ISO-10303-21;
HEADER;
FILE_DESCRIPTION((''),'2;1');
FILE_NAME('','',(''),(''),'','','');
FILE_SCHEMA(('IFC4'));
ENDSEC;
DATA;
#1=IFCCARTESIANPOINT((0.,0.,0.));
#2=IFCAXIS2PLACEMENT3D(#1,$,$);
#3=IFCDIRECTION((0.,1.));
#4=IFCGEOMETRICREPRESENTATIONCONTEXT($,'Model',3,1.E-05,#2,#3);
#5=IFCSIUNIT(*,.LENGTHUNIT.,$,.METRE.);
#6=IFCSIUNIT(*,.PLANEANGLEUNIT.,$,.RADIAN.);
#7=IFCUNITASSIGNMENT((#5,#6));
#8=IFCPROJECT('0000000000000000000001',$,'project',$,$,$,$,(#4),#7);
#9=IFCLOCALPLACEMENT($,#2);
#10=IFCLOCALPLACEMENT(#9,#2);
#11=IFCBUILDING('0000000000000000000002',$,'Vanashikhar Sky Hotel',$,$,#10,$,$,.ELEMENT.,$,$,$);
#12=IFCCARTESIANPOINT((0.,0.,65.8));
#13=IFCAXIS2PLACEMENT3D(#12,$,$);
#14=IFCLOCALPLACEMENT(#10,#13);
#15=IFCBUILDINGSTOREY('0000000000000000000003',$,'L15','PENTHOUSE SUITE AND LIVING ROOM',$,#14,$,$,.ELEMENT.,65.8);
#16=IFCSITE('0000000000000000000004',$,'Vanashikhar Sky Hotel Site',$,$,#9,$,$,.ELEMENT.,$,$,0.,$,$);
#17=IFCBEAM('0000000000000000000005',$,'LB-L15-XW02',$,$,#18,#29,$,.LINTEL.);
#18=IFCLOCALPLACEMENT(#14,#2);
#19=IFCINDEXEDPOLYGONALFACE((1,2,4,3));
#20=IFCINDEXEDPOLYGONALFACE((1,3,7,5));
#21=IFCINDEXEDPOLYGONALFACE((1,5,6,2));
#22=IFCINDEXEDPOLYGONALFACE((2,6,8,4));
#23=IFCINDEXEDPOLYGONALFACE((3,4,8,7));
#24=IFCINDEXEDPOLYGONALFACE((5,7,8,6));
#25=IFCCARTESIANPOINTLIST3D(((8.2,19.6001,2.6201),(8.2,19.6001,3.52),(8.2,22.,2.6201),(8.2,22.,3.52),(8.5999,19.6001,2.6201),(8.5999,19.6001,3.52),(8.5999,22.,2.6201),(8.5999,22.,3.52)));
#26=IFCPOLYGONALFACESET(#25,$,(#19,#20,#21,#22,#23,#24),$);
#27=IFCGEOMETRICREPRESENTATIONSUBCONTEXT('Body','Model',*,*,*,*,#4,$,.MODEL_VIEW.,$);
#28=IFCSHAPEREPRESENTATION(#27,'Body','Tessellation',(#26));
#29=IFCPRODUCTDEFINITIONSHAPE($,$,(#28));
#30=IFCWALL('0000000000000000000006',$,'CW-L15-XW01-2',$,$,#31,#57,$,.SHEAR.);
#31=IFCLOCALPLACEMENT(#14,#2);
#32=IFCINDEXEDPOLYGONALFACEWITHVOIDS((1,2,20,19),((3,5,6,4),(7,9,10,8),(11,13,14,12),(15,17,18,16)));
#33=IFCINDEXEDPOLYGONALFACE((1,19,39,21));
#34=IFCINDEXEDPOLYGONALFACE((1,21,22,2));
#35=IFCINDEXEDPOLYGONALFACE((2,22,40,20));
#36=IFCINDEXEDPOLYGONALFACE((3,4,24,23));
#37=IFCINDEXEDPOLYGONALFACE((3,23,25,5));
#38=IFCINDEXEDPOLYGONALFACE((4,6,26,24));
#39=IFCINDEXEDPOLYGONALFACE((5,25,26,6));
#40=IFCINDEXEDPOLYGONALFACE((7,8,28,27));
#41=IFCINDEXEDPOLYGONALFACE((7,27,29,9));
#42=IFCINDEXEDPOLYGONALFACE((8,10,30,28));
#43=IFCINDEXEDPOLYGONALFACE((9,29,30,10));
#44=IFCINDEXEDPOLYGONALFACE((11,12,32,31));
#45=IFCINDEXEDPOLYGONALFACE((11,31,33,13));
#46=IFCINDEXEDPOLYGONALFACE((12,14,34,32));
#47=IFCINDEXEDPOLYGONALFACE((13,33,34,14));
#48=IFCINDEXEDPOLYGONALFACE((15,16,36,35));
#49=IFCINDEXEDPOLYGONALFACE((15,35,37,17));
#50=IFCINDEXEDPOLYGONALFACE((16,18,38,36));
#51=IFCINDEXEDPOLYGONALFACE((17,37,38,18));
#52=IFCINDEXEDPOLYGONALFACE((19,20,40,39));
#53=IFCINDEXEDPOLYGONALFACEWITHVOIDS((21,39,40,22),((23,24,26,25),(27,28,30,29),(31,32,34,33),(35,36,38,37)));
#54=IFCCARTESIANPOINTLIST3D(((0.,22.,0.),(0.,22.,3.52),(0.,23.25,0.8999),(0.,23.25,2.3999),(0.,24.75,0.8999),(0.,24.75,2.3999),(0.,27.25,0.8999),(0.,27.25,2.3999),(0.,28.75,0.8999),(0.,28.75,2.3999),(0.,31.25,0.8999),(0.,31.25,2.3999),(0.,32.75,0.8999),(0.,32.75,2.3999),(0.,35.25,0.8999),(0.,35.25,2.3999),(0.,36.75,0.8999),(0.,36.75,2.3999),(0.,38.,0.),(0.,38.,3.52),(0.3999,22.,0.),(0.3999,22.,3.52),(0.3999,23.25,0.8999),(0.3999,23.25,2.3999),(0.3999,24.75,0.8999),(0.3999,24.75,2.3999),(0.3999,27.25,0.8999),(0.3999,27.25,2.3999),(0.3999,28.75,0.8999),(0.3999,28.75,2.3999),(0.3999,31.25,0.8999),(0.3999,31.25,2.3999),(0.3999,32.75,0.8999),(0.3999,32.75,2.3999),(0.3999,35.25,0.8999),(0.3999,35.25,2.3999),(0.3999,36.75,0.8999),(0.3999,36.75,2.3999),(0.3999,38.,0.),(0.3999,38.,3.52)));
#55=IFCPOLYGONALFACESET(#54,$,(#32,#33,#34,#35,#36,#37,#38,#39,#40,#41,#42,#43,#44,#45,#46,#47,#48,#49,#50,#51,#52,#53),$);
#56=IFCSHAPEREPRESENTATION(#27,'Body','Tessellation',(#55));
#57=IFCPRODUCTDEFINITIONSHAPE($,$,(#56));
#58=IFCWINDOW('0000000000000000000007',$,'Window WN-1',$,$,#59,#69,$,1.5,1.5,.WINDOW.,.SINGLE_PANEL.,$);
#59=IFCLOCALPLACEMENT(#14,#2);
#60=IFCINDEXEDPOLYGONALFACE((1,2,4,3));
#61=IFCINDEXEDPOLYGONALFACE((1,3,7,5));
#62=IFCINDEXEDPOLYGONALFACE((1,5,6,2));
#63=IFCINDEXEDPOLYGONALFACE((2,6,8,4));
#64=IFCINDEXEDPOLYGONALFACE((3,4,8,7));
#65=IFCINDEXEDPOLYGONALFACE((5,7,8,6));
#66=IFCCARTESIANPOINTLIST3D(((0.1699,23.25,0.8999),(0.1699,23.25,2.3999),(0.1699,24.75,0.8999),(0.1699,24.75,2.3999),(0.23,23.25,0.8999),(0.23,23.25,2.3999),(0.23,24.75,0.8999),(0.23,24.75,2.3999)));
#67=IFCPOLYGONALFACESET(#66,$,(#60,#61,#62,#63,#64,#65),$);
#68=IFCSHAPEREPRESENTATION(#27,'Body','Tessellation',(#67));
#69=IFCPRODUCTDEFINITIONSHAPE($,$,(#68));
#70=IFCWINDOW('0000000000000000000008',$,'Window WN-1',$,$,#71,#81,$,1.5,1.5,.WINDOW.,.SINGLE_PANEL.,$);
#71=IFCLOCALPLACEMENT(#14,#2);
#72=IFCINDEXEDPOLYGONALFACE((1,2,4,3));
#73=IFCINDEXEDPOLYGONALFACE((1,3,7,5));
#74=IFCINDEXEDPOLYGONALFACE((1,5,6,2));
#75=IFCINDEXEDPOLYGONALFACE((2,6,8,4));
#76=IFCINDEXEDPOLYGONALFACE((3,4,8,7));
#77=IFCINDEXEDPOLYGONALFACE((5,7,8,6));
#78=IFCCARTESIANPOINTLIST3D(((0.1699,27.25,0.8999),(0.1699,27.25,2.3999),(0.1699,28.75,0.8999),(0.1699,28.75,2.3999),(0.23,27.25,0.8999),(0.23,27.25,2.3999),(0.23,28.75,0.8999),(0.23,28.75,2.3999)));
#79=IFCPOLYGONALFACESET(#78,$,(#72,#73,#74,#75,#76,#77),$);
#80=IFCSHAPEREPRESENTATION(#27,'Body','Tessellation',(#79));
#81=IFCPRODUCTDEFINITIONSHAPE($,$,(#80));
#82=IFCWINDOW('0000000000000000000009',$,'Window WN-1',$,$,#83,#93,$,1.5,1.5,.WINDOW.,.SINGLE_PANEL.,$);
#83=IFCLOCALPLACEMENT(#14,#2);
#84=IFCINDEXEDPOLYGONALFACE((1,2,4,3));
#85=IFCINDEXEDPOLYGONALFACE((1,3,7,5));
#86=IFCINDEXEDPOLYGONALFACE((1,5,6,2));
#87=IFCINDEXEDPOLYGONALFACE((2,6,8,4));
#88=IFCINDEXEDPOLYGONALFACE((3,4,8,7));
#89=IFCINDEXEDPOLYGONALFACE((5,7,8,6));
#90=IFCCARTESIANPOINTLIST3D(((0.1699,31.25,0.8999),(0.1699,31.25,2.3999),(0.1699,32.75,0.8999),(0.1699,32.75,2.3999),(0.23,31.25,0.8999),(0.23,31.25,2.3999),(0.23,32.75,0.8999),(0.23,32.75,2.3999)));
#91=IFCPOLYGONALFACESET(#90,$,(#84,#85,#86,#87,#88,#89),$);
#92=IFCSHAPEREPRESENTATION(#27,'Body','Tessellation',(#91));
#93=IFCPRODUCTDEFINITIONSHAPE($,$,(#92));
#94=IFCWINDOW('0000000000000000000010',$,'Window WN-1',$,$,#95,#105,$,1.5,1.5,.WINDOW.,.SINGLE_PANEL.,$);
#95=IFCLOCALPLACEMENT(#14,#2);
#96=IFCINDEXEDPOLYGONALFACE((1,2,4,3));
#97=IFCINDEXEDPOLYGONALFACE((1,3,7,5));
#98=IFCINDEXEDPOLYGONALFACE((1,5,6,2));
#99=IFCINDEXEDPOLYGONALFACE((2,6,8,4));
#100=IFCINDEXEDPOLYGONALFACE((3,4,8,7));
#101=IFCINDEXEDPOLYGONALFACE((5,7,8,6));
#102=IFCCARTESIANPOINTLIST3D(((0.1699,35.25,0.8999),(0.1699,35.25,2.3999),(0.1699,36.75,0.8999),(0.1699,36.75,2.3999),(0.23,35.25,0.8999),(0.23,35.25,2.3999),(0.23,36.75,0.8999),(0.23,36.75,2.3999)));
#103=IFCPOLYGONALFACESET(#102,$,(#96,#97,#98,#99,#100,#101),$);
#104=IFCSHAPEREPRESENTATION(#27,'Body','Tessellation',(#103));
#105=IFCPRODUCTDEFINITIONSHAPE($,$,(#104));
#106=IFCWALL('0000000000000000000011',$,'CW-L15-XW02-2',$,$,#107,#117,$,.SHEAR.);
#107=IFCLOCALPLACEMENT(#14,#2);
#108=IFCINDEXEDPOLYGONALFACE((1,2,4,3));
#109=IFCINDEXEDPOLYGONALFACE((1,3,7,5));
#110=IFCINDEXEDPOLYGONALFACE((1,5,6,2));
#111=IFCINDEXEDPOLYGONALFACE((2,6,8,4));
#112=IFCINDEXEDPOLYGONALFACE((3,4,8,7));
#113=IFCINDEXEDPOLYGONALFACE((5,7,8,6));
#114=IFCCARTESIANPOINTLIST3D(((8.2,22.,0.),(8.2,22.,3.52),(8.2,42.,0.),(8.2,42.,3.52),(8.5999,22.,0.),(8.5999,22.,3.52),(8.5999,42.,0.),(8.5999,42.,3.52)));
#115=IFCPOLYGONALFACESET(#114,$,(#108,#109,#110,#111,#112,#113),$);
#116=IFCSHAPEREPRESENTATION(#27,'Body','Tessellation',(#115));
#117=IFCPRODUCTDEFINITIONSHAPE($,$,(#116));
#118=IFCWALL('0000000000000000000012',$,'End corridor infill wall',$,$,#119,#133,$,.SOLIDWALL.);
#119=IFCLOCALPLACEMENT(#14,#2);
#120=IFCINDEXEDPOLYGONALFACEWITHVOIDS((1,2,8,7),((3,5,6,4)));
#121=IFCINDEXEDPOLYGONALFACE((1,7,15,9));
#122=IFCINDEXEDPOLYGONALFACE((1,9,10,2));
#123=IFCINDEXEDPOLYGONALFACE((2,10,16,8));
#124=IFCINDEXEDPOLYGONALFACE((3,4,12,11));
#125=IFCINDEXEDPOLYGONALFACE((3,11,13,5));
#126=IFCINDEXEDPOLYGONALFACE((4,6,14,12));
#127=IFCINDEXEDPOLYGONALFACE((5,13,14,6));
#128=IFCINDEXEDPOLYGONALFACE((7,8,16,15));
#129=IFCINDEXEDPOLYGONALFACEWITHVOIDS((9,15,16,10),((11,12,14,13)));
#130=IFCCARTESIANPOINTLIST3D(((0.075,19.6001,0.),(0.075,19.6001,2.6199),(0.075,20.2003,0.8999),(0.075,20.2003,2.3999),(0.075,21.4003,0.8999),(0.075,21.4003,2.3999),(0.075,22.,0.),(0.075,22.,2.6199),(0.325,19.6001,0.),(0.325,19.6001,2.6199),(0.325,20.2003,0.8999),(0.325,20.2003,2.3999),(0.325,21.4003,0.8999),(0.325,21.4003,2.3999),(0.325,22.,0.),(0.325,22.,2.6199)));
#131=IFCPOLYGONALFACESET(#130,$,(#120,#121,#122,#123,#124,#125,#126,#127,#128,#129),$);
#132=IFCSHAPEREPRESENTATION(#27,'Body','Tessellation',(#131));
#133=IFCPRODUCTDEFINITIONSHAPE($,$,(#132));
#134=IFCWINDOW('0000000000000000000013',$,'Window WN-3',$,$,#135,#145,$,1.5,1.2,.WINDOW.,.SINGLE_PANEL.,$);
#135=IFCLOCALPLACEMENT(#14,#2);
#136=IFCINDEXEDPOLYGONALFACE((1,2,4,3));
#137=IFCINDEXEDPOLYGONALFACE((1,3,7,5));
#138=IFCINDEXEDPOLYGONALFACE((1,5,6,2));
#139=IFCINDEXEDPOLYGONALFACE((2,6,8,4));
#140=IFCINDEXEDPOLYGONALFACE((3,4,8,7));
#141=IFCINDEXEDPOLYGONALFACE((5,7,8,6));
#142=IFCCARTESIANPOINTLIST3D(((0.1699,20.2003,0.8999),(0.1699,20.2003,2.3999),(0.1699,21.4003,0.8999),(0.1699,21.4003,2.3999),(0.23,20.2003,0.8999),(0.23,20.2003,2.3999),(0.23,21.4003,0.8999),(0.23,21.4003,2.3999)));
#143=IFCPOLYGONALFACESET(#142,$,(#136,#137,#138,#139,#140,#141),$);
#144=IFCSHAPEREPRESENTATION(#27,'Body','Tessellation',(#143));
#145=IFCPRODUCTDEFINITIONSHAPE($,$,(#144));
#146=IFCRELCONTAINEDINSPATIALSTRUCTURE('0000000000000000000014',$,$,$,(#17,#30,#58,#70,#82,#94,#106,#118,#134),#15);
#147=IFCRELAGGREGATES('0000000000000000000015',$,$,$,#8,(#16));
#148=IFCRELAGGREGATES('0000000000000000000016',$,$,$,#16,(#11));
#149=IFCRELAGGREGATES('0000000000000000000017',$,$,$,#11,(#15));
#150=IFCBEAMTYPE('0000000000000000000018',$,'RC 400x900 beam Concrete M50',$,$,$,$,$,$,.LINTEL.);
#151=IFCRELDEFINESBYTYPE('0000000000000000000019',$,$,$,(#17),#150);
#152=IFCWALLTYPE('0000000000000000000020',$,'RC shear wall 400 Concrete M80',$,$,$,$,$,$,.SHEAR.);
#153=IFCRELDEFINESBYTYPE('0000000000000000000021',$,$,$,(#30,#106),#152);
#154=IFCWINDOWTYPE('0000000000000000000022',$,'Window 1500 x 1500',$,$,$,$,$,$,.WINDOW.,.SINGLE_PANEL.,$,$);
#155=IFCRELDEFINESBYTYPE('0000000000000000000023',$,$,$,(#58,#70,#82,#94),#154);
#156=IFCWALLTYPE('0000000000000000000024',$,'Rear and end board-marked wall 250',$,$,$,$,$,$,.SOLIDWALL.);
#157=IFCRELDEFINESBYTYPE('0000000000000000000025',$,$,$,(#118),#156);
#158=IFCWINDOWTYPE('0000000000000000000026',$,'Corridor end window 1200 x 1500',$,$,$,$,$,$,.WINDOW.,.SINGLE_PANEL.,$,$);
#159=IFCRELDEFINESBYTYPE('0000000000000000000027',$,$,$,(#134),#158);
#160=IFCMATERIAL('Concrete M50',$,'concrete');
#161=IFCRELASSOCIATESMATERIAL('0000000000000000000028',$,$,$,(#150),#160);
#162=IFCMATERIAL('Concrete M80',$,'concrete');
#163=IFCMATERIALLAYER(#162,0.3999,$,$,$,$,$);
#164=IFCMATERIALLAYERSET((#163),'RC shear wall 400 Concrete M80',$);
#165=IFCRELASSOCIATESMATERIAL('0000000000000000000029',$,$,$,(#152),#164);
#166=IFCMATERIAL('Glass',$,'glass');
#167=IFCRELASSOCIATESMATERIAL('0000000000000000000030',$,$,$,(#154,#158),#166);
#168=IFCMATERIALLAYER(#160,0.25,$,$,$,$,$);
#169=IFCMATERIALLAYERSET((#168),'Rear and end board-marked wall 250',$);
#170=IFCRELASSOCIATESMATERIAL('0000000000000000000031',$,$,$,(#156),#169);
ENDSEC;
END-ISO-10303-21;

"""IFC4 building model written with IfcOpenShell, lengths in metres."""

from ifc_helpers import new_model, si_unit, direction, frame, frame_2d, origin, origin_2d, place, context, subcontext, project, spatial, rectangle, extrude, source, transform, mapped, material, layer, layer_set, material_profile, profile_set, type_object, element, fill, save


model = new_model("IFC4")

# Units and contexts
model_context = context("Model", 3, precision=1e-05, world=origin(), true_north=direction((0.0, 1.0)))
body_context = subcontext(model_context, "Body", "Model", "MODEL_VIEW")
ifc_project = project(units=[si_unit("LENGTHUNIT", "METRE"), si_unit("PLANEANGLEUNIT", "RADIAN")], contexts=[model_context])

# Site, building, storey
site_placement = place(None, origin())
site = spatial("IfcSite", under=ifc_project, at=site_placement, Name="Vanashikhar Sky Hotel Site", CompositionType="ELEMENT", RefElevation=0.0)
building_placement = place(site_placement, origin())
building = spatial("IfcBuilding", under=site, at=building_placement, Name="Vanashikhar Sky Hotel", CompositionType="ELEMENT")
storey_placement = place(building_placement, frame((0.0, 0.0, 65.8)))
storey = spatial("IfcBuildingStorey", under=building, at=storey_placement, Name="L15", Description="PENTHOUSE SUITE AND LIVING ROOM", CompositionType="ELEMENT", Elevation=65.8)

# Beam
ifc_material_1 = material(Name="Concrete M50", Category="concrete")
ifc_material_profile = material_profile(ifc_material_1, rectangle(XDim=0.3999, YDim=0.8999, at=origin_2d()))
ifc_profile_set = profile_set([ifc_material_profile], Name="RC 400x900 beam Concrete M50")
beam_type = type_object("IfcBeamType", Name="RC 400x900 beam Concrete M50", PredefinedType="LINTEL", material=ifc_profile_set)
shared_shape_1 = source(origin(), body_context, "Body", "SweptSolid", [
    extrude(rectangle(XDim=0.3999, YDim=0.8999, at=origin_2d()), origin(), (0.0, 0.0, 1.0), 2.3999),
])
beam_placement = place(storey_placement, frame((8.3999, 19.6001, 3.0701), z_axis=(0.0, 1.0, 0.0), x_axis=(-1.0, 0.0, 0.0)))
element("IfcBeam", 1, at=beam_placement, inside=storey, type_object=beam_type, Name="LB-L15-XW02", PredefinedType="LINTEL", context=body_context, shape_type="MappedRepresentation", body=[
    mapped(shared_shape_1, transform((0.0, 0.0, 0.0), scale=1.0)),
])

# Wall, openings, windows
ifc_material_2 = material(Name="Concrete M80", Category="concrete")
ifc_layer_1 = layer(ifc_material_2, 0.3999)
ifc_layer_set_1 = layer_set([ifc_layer_1], Name="RC shear wall 400 Concrete M80")
wall_type_1 = type_object("IfcWallType", Name="RC shear wall 400 Concrete M80", PredefinedType="SHEAR", material=ifc_layer_set_1)
shared_shape_2 = source(origin(), body_context, "Body", "SweptSolid", [
    extrude(rectangle(XDim=16.0, YDim=0.3999, at=frame_2d((8.0, 0.0))), origin(), (0.0, 0.0, 1.0), 3.52),
])
wall_1_placement = place(storey_placement, frame((0.2, 22.0, 0.0), z_axis=(0.0, 0.0, 1.0), x_axis=(0.0, 1.0, 0.0)))
wall_1 = element("IfcWall", 2, at=wall_1_placement, inside=storey, type_object=wall_type_1, Name="CW-L15-XW01-2", PredefinedType="SHEAR", context=body_context, shape_type="MappedRepresentation", body=[
    mapped(shared_shape_2, transform((0.0, 0.0, 0.0), scale=1.0)),
])
shared_shape_3 = source(origin(), body_context, "Body", "SweptSolid", [
    extrude(rectangle(XDim=1.5, YDim=1.5, at=frame_2d((0.75, 0.75))), frame((0.0, 0.21, 0.0), z_axis=(0.0, -1.0, 0.0), x_axis=(1.0, 0.0, 0.0)), (0.0, 0.0, 1.0), 0.4199),
])
opening_1_placement = place(wall_1_placement, frame((1.25, 0.0, 0.8999)))
opening_1 = element("IfcOpeningElement", 3, at=opening_1_placement, cuts=wall_1, PredefinedType="OPENING", context=body_context, shape_type="MappedRepresentation", body=[
    mapped(shared_shape_3, transform((0.0, 0.0, 0.0), scale=1.0)),
])
opening_2_placement = place(wall_1_placement, frame((5.25, 0.0, 0.8999)))
opening_2 = element("IfcOpeningElement", 4, at=opening_2_placement, cuts=wall_1, PredefinedType="OPENING", context=body_context, shape_type="MappedRepresentation", body=[
    mapped(shared_shape_3, transform((0.0, 0.0, 0.0), scale=1.0)),
])
opening_3_placement = place(wall_1_placement, frame((9.25, 0.0, 0.8999)))
opening_3 = element("IfcOpeningElement", 5, at=opening_3_placement, cuts=wall_1, PredefinedType="OPENING", context=body_context, shape_type="MappedRepresentation", body=[
    mapped(shared_shape_3, transform((0.0, 0.0, 0.0), scale=1.0)),
])
opening_4_placement = place(wall_1_placement, frame((13.25, 0.0, 0.8999)))
opening_4 = element("IfcOpeningElement", 6, at=opening_4_placement, cuts=wall_1, PredefinedType="OPENING", context=body_context, shape_type="MappedRepresentation", body=[
    mapped(shared_shape_3, transform((0.0, 0.0, 0.0), scale=1.0)),
])
ifc_material_3 = material(Name="Glass", Category="glass")
window_type_1 = type_object("IfcWindowType", Name="Window 1500 x 1500", PartitioningType="SINGLE_PANEL", PredefinedType="WINDOW", material=ifc_material_3)
shared_shape_4 = source(origin(), body_context, "Body", "SweptSolid", [
    extrude(rectangle(XDim=1.5, YDim=1.5, at=frame_2d((0.75, 0.75))), frame((0.0, 0.03, 0.0), z_axis=(0.0, -1.0, 0.0), x_axis=(1.0, 0.0, 0.0)), (0.0, 0.0, 1.0), 0.0601),
])
window_1_placement = place(opening_1_placement, origin())
window_1 = element("IfcWindow", 7, at=window_1_placement, inside=storey, type_object=window_type_1, Name="Window WN-1", OverallHeight=1.5, OverallWidth=1.5, PartitioningType="SINGLE_PANEL", PredefinedType="WINDOW", context=body_context, shape_type="MappedRepresentation", body=[
    mapped(shared_shape_4, transform((0.0, 0.0, 0.0), scale=1.0)),
])
fill(opening_1, window_1)
window_2_placement = place(opening_2_placement, origin())
window_2 = element("IfcWindow", 8, at=window_2_placement, inside=storey, type_object=window_type_1, Name="Window WN-1", OverallHeight=1.5, OverallWidth=1.5, PartitioningType="SINGLE_PANEL", PredefinedType="WINDOW", context=body_context, shape_type="MappedRepresentation", body=[
    mapped(shared_shape_4, transform((0.0, 0.0, 0.0), scale=1.0)),
])
fill(opening_2, window_2)
window_3_placement = place(opening_3_placement, origin())
window_3 = element("IfcWindow", 9, at=window_3_placement, inside=storey, type_object=window_type_1, Name="Window WN-1", OverallHeight=1.5, OverallWidth=1.5, PartitioningType="SINGLE_PANEL", PredefinedType="WINDOW", context=body_context, shape_type="MappedRepresentation", body=[
    mapped(shared_shape_4, transform((0.0, 0.0, 0.0), scale=1.0)),
])
fill(opening_3, window_3)
window_4_placement = place(opening_4_placement, origin())
window_4 = element("IfcWindow", 10, at=window_4_placement, inside=storey, type_object=window_type_1, Name="Window WN-1", OverallHeight=1.5, OverallWidth=1.5, PartitioningType="SINGLE_PANEL", PredefinedType="WINDOW", context=body_context, shape_type="MappedRepresentation", body=[
    mapped(shared_shape_4, transform((0.0, 0.0, 0.0), scale=1.0)),
])
fill(opening_4, window_4)

# Wall
shared_shape_5 = source(origin(), body_context, "Body", "SweptSolid", [
    extrude(rectangle(XDim=20.0, YDim=0.3999, at=frame_2d((10.0, 0.0))), origin(), (0.0, 0.0, 1.0), 3.52),
])
wall_2_placement = place(storey_placement, frame((8.3999, 22.0, 0.0), z_axis=(0.0, 0.0, 1.0), x_axis=(0.0, 1.0, 0.0)))
element("IfcWall", 11, at=wall_2_placement, inside=storey, type_object=wall_type_1, Name="CW-L15-XW02-2", PredefinedType="SHEAR", context=body_context, shape_type="MappedRepresentation", body=[
    mapped(shared_shape_5, transform((0.0, 0.0, 0.0), scale=1.0)),
])

# Wall, opening, window
ifc_layer_2 = layer(ifc_material_1, 0.25)
ifc_layer_set_2 = layer_set([ifc_layer_2], Name="Rear and end board-marked wall 250")
wall_type_2 = type_object("IfcWallType", Name="Rear and end board-marked wall 250", PredefinedType="SOLIDWALL", material=ifc_layer_set_2)
shared_shape_6 = source(origin(), body_context, "Body", "SweptSolid", [
    extrude(rectangle(XDim=2.3999, YDim=0.25, at=frame_2d((1.2, 0.0))), origin(), (0.0, 0.0, 1.0), 2.6199),
])
wall_3_placement = place(storey_placement, frame((0.2, 19.6001, 0.0), z_axis=(0.0, 0.0, 1.0), x_axis=(0.0, 1.0, 0.0)))
wall_3 = element("IfcWall", 12, at=wall_3_placement, inside=storey, type_object=wall_type_2, Name="End corridor infill wall", PredefinedType="SOLIDWALL", context=body_context, shape_type="MappedRepresentation", body=[
    mapped(shared_shape_6, transform((0.0, 0.0, 0.0), scale=1.0)),
])
shared_shape_7 = source(origin(), body_context, "Body", "SweptSolid", [
    extrude(rectangle(XDim=1.2, YDim=1.5, at=frame_2d((0.6001, 0.75))), frame((0.0, 0.135, 0.0), z_axis=(0.0, -1.0, 0.0), x_axis=(1.0, 0.0, 0.0)), (0.0, 0.0, 1.0), 0.27),
])
opening_5_placement = place(wall_3_placement, frame((0.6001, 0.0, 0.8999)))
opening_5 = element("IfcOpeningElement", 13, at=opening_5_placement, cuts=wall_3, PredefinedType="OPENING", context=body_context, shape_type="MappedRepresentation", body=[
    mapped(shared_shape_7, transform((0.0, 0.0, 0.0), scale=1.0)),
])
window_type_2 = type_object("IfcWindowType", Name="Corridor end window 1200 x 1500", PartitioningType="SINGLE_PANEL", PredefinedType="WINDOW", material=ifc_material_3)
shared_shape_8 = source(origin(), body_context, "Body", "SweptSolid", [
    extrude(rectangle(XDim=1.2, YDim=1.5, at=frame_2d((0.6001, 0.75))), frame((0.0, 0.03, 0.0), z_axis=(0.0, -1.0, 0.0), x_axis=(1.0, 0.0, 0.0)), (0.0, 0.0, 1.0), 0.0601),
])
window_5_placement = place(opening_5_placement, origin())
window_5 = element("IfcWindow", 14, at=window_5_placement, inside=storey, type_object=window_type_2, Name="Window WN-3", OverallHeight=1.5, OverallWidth=1.2, PartitioningType="SINGLE_PANEL", PredefinedType="WINDOW", context=body_context, shape_type="MappedRepresentation", body=[
    mapped(shared_shape_8, transform((0.0, 0.0, 0.0), scale=1.0)),
])
fill(opening_5, window_5)

save(model, "model.ifc")
